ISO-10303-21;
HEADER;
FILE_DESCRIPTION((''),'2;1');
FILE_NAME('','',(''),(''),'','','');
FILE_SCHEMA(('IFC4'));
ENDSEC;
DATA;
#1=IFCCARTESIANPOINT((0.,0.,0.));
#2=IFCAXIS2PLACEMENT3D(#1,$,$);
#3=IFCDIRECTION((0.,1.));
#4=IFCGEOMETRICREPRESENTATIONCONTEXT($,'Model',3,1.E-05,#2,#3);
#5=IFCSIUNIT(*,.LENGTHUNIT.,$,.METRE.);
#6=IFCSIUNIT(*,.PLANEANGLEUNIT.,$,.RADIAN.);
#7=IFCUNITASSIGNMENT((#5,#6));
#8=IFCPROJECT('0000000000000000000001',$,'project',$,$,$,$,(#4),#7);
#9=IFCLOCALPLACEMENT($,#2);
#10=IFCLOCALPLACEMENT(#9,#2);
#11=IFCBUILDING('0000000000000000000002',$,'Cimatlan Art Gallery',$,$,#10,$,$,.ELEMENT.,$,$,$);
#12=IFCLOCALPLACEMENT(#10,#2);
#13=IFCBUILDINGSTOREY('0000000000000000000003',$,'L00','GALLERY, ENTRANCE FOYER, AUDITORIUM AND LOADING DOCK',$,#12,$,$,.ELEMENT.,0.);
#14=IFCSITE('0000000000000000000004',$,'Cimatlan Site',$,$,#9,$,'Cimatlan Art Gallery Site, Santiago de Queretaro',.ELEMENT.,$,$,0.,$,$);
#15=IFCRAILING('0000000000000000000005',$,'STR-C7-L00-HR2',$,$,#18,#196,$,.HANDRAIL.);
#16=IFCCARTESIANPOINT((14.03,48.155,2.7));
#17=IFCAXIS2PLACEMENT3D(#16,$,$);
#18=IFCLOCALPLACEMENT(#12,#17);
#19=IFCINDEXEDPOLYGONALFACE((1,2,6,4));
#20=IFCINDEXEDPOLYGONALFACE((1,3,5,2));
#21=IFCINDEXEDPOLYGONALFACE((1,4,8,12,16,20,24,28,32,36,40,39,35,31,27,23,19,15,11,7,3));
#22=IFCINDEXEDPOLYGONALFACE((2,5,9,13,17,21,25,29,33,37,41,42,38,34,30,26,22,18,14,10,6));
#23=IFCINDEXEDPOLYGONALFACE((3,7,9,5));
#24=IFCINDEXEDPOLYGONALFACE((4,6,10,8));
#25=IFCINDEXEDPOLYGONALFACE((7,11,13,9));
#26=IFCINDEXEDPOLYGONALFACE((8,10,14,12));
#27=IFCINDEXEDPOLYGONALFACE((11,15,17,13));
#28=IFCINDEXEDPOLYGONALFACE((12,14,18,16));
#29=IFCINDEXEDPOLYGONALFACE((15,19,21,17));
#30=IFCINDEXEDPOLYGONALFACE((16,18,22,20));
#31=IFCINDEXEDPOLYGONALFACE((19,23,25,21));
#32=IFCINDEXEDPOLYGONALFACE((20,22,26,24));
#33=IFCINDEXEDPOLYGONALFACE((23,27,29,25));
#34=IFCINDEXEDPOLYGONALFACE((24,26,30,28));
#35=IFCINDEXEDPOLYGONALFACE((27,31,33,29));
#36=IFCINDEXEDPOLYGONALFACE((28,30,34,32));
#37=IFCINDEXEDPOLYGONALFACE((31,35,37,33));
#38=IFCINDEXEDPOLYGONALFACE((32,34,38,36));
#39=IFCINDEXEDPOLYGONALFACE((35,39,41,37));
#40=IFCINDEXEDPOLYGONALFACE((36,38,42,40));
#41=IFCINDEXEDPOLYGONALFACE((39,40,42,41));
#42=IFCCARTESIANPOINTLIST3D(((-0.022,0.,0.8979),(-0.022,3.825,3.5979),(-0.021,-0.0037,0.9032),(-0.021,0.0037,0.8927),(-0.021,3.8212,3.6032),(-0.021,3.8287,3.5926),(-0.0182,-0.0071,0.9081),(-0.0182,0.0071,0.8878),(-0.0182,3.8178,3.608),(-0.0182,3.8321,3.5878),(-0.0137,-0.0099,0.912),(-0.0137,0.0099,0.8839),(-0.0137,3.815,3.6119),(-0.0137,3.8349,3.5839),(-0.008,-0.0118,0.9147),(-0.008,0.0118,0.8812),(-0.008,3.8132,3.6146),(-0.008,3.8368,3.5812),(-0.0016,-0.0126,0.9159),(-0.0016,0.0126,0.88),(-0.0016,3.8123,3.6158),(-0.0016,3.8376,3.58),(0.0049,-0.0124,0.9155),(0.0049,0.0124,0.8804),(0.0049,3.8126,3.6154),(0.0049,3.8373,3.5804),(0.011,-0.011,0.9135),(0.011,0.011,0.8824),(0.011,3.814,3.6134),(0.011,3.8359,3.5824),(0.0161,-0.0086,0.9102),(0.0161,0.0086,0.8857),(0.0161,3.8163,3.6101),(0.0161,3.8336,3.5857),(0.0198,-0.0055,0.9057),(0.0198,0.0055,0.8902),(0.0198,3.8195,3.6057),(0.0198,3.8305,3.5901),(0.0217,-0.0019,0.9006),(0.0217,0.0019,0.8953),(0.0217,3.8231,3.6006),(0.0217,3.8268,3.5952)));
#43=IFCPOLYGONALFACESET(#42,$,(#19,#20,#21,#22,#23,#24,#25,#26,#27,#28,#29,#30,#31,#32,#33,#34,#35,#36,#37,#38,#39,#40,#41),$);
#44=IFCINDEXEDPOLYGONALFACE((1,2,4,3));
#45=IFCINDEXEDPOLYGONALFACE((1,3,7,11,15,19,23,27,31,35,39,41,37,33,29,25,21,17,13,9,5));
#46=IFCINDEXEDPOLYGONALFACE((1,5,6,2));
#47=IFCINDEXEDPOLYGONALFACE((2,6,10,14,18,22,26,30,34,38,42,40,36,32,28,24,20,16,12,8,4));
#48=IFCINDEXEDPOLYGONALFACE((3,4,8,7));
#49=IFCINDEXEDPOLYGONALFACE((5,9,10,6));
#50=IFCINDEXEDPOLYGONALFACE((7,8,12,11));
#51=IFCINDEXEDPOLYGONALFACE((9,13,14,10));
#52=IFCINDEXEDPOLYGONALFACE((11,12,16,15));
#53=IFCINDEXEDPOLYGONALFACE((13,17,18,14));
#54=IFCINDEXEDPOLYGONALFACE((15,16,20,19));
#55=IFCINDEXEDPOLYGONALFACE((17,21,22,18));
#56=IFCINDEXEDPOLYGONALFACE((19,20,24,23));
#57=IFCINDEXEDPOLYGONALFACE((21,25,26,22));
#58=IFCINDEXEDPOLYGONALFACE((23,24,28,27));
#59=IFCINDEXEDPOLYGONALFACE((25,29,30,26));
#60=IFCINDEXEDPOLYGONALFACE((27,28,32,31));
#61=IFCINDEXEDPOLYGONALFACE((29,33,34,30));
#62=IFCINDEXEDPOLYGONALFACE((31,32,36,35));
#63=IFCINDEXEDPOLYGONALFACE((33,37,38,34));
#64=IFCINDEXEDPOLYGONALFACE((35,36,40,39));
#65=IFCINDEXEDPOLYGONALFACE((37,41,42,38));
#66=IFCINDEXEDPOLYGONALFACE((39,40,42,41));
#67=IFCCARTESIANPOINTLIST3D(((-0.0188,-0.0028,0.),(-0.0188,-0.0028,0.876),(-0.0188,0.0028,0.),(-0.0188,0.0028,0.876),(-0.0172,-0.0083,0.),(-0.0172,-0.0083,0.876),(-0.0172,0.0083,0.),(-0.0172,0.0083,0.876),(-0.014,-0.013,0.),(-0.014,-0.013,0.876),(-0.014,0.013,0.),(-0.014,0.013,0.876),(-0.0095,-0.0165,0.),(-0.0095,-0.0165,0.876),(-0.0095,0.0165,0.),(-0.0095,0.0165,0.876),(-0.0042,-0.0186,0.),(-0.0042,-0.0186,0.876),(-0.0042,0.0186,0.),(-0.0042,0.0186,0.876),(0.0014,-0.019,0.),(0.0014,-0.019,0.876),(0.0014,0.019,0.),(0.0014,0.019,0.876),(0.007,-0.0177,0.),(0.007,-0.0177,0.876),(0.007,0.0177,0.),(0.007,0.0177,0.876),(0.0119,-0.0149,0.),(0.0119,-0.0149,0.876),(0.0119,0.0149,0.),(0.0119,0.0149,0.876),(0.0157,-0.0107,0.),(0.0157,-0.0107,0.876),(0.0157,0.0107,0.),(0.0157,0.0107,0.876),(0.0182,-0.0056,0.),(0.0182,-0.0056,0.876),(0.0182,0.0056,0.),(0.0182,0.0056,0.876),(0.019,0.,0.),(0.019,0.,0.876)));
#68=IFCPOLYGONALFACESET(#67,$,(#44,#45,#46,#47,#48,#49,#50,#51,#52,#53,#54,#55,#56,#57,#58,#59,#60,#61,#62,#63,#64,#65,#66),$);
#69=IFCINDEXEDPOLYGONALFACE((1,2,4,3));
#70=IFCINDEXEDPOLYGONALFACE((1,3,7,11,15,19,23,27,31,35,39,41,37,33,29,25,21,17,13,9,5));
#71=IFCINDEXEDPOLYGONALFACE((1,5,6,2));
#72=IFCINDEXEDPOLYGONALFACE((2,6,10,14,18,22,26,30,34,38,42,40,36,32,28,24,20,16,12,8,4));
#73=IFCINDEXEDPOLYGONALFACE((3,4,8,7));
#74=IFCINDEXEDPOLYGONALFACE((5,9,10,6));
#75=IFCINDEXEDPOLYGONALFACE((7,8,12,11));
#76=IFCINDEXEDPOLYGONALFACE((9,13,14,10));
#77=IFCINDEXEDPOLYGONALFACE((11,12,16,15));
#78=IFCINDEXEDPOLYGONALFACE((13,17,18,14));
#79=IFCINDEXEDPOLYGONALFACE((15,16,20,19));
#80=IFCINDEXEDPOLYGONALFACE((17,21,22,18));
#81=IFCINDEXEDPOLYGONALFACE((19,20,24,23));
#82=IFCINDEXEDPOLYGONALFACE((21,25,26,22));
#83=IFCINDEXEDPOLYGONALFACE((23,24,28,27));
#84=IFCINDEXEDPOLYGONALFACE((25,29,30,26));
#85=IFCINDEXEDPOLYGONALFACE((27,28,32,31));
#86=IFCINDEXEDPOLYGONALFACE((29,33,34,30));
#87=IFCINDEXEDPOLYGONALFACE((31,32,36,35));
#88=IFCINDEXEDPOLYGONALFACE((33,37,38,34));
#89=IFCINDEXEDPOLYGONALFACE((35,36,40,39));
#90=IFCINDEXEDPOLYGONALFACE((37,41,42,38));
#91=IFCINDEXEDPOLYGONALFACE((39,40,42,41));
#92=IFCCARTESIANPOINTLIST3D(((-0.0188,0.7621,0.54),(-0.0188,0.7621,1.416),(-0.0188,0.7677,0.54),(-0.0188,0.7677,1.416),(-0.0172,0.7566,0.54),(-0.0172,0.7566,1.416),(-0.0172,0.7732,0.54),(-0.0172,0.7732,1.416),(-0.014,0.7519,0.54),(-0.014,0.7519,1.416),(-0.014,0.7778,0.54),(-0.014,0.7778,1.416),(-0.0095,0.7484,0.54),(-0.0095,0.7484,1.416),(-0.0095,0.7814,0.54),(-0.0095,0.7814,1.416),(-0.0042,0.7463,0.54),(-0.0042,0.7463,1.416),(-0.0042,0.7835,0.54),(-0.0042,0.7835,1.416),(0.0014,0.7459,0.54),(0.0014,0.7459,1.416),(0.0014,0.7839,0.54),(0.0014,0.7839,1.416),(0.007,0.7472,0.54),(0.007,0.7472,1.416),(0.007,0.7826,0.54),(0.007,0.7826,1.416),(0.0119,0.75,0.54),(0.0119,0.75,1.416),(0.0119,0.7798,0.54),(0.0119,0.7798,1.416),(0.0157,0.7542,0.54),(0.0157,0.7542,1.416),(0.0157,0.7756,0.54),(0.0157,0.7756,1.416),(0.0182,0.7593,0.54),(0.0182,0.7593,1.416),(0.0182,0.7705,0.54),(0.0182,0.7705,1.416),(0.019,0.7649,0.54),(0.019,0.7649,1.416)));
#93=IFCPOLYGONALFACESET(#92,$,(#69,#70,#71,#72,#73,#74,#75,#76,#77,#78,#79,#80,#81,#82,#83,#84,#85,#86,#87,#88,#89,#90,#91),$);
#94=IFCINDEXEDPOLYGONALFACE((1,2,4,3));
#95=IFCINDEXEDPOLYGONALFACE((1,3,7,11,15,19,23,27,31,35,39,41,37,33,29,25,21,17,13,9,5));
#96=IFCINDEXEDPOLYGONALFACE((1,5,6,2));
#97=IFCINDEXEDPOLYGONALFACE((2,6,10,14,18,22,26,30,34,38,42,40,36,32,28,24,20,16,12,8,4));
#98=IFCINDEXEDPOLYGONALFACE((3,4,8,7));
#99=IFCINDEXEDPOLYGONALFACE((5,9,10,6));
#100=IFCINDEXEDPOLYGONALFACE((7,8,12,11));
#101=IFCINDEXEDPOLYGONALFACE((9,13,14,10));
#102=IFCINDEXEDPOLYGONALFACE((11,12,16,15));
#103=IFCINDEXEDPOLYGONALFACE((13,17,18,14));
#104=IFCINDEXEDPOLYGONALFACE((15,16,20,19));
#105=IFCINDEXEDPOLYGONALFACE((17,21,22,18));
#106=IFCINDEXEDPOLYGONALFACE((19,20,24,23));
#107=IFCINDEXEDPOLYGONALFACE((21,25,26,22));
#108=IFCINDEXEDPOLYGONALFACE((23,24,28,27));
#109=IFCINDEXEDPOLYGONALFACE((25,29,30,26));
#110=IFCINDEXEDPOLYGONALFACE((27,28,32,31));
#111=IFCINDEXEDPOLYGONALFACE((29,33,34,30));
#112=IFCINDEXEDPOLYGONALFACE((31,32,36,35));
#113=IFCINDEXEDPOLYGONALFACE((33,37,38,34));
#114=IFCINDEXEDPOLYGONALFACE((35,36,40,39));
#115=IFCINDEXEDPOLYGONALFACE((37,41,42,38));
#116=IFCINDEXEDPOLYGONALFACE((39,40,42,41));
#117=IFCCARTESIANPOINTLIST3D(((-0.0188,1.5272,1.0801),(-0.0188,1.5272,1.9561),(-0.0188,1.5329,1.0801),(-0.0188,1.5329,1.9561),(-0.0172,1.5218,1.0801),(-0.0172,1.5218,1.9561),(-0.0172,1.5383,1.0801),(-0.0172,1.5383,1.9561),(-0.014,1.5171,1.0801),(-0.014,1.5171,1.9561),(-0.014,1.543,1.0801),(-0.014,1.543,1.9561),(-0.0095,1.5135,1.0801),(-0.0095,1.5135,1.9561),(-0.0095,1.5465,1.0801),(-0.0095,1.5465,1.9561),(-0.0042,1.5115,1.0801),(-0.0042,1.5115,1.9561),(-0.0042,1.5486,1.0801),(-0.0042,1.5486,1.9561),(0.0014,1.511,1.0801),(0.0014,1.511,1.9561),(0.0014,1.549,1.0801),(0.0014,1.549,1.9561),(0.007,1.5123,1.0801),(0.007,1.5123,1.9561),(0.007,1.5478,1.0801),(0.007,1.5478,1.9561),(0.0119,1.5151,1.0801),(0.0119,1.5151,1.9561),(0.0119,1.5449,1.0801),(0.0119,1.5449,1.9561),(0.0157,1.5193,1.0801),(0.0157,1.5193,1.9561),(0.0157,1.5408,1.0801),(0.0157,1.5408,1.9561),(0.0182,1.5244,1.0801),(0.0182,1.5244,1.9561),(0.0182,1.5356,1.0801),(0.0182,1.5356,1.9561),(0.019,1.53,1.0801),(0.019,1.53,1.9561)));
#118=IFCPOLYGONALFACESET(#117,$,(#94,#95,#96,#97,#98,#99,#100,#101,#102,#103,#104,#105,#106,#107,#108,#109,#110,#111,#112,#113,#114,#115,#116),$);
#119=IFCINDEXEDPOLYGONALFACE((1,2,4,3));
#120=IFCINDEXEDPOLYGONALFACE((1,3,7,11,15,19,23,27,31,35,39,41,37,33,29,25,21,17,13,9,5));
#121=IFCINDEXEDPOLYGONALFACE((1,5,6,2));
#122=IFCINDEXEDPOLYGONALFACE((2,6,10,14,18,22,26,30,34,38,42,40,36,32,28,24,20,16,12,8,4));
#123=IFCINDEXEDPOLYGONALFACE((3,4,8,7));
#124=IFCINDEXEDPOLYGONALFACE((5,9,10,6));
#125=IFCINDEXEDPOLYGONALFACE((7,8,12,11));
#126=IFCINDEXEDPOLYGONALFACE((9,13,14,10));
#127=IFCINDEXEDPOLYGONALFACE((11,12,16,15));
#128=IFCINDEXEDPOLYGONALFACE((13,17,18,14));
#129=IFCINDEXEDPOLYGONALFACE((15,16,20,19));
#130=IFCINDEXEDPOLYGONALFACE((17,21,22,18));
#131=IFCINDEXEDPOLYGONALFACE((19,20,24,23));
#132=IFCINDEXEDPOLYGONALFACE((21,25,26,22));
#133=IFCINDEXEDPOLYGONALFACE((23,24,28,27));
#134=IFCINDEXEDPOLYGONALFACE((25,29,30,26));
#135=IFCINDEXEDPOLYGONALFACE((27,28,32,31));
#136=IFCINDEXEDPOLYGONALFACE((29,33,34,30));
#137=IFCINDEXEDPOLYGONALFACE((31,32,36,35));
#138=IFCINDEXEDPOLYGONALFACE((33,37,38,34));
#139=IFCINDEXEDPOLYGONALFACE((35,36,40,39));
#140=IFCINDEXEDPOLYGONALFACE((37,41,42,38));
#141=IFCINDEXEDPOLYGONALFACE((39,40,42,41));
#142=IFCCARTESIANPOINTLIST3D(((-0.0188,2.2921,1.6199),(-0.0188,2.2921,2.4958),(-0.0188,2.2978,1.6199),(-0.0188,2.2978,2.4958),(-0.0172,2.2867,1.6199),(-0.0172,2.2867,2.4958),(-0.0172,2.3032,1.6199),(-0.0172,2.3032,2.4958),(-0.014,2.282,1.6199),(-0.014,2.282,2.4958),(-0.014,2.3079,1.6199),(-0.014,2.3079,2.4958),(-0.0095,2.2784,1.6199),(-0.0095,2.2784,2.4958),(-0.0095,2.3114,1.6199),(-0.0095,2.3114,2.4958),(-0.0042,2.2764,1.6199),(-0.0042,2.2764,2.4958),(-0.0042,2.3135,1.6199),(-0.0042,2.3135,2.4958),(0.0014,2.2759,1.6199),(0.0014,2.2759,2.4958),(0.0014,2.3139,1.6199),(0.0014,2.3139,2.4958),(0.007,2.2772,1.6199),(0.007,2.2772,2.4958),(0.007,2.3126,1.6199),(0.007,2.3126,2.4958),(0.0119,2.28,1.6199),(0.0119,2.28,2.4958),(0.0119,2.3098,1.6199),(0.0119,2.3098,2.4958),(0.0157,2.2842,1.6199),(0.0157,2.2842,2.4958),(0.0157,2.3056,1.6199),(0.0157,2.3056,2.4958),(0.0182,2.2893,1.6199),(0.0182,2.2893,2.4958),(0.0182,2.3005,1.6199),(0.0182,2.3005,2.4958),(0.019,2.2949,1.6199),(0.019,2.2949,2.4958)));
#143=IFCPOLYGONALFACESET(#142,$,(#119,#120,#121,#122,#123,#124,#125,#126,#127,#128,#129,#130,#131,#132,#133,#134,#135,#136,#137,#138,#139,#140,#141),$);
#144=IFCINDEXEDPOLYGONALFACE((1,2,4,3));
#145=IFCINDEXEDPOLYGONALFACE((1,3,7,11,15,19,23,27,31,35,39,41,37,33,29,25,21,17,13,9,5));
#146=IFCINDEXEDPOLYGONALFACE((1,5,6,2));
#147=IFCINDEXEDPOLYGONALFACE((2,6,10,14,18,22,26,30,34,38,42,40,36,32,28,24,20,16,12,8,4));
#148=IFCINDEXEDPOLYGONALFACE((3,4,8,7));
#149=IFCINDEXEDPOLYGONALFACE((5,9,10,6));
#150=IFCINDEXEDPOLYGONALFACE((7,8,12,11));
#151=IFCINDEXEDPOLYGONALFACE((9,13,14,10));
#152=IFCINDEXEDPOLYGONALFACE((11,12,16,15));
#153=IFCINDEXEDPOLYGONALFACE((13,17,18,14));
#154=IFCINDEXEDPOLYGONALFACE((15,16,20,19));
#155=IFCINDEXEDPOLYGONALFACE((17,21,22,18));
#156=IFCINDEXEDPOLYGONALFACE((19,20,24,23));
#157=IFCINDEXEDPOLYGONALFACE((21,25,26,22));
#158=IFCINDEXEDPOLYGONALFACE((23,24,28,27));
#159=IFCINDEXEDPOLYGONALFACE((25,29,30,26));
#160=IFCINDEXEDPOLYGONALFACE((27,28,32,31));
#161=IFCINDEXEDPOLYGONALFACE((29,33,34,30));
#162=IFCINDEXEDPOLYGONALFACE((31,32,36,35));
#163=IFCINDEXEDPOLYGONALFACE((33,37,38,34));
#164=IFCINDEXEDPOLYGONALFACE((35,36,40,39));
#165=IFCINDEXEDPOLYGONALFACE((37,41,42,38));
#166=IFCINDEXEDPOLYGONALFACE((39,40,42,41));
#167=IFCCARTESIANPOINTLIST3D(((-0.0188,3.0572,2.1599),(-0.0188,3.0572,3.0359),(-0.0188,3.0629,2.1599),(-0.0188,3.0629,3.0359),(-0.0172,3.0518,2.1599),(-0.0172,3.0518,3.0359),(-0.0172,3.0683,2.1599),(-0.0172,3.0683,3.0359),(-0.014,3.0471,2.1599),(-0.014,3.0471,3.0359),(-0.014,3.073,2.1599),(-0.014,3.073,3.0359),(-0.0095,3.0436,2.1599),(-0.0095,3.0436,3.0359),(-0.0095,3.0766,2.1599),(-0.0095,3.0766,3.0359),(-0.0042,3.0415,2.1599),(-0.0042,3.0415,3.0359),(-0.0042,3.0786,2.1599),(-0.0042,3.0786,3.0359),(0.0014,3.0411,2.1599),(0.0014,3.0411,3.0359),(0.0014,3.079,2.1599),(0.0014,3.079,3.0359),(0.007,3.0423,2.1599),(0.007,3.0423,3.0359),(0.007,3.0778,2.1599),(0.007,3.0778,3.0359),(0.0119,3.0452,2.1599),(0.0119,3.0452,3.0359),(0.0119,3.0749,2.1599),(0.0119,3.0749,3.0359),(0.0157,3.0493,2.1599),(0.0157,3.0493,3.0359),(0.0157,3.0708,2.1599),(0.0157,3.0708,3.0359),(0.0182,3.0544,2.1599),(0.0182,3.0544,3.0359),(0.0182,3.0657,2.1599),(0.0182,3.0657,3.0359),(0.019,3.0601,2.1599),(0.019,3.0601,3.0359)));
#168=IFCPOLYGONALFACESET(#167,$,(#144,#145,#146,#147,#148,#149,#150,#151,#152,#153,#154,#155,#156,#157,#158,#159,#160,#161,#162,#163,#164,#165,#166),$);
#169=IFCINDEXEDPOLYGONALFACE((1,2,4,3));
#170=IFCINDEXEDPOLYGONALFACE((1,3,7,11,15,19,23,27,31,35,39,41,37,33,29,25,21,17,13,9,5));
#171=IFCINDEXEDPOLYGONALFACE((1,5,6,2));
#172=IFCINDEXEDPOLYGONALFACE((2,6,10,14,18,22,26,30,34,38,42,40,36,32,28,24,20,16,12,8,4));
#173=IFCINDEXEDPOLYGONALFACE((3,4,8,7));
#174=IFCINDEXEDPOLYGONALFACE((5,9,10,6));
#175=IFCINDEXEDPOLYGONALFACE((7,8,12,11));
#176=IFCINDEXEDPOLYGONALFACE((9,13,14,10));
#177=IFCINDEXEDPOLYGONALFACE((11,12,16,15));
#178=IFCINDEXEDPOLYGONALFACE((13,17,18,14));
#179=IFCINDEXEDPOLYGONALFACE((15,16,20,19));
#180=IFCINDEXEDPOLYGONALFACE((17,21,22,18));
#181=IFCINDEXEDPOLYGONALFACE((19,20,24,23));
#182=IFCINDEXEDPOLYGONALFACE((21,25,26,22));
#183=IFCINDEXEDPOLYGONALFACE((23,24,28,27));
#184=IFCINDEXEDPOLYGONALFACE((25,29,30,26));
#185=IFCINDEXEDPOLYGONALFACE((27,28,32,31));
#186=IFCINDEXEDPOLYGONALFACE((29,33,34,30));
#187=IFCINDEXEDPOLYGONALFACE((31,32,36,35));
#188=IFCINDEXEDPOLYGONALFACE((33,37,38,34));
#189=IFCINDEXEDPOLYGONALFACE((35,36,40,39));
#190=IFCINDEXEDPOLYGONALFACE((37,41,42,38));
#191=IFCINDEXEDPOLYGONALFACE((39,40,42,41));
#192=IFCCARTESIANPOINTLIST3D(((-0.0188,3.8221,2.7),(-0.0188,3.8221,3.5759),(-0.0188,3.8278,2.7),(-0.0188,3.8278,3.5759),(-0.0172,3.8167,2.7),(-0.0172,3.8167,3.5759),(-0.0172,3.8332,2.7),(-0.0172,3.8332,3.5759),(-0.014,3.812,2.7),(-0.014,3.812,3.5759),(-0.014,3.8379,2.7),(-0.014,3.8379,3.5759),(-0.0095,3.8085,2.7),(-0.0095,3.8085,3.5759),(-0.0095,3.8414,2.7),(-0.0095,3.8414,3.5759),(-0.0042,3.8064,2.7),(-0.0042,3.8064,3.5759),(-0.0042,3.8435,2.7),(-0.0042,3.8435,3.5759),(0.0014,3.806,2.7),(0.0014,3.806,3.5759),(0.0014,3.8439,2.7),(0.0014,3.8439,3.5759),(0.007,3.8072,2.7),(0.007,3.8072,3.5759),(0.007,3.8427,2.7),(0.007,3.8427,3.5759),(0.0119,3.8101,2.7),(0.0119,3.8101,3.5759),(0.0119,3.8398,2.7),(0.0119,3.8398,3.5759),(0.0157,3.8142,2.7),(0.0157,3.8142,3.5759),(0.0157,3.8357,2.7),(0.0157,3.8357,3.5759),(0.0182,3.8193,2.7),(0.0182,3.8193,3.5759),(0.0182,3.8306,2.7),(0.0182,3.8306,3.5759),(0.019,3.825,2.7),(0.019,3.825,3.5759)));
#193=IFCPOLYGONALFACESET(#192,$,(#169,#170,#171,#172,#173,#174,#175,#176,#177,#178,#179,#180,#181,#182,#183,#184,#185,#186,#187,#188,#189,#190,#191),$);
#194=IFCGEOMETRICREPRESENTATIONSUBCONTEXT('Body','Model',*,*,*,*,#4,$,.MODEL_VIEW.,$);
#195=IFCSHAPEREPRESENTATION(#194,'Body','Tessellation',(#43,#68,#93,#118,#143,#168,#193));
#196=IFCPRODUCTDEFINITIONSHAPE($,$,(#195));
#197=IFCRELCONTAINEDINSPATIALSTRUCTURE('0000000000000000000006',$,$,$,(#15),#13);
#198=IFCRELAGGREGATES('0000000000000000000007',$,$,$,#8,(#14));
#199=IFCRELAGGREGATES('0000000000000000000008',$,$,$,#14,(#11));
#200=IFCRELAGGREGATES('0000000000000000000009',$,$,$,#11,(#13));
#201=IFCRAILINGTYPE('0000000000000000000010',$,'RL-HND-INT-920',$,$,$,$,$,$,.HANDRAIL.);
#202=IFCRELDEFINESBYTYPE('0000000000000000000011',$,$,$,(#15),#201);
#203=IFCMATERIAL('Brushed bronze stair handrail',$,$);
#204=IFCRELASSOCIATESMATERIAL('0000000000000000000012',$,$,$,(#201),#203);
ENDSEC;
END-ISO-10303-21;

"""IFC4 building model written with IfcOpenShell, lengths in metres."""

from ifc_helpers import new_model, si_unit, direction, frame, origin, origin_2d, place, context, subcontext, project, spatial, circle, extrude, material, type_object, element, save


model = new_model("IFC4")

# Units and contexts
model_context = context("Model", 3, precision=1e-05, world=origin(), true_north=direction((0.0, 1.0)))
body_context = subcontext(model_context, "Body", "Model", "MODEL_VIEW")
ifc_project = project(units=[si_unit("LENGTHUNIT", "METRE"), si_unit("PLANEANGLEUNIT", "RADIAN")], contexts=[model_context])

# Site, building, storey
site_placement = place(None, origin())
site = spatial("IfcSite", under=ifc_project, at=site_placement, Name="Cimatlan Site", LongName="Cimatlan Art Gallery Site, Santiago de Queretaro", CompositionType="ELEMENT", RefElevation=0.0)
building_placement = place(site_placement, origin())
building = spatial("IfcBuilding", under=site, at=building_placement, Name="Cimatlan Art Gallery", CompositionType="ELEMENT")
storey_placement = place(building_placement, origin())
storey = spatial("IfcBuildingStorey", under=building, at=storey_placement, Name="L00", Description="GALLERY, ENTRANCE FOYER, AUDITORIUM AND LOADING DOCK", CompositionType="ELEMENT", Elevation=0.0)

# Railing
ifc_material_1 = material(Name="Brushed bronze stair handrail")
railing_type_1 = type_object("IfcRailingType", Name="RL-HND-INT-920", PredefinedType="HANDRAIL", material=ifc_material_1)
railing_1_placement = place(storey_placement, frame((14.03, 48.155, 2.7)))
element("IfcRailing", 1, at=railing_1_placement, inside=storey, type_object=railing_type_1, Name="STR-C7-L00-HR2", PredefinedType="HANDRAIL", context=body_context, shape_type="SweptSolid", body=[
    extrude(circle(Radius=0.022, at=origin_2d()), frame((0.0, 0.0, 0.8979), z_axis=(0.0, 0.816969, 0.576681), x_axis=(-1.0, 0.0, 0.0)), (0.0, 0.0, 1.0), 4.6819),
    extrude(circle(Radius=0.019, at=origin_2d()), origin(), (0.0, 0.0, 1.0), 0.876),
    extrude(circle(Radius=0.019, at=origin_2d()), frame((0.0, 0.7649, 0.54)), (0.0, 0.0, 1.0), 0.876),
    extrude(circle(Radius=0.019, at=origin_2d()), frame((0.0, 1.53, 1.0801)), (0.0, 0.0, 1.0), 0.876),
    extrude(circle(Radius=0.019, at=origin_2d()), frame((0.0, 2.2949, 1.6199)), (0.0, 0.0, 1.0), 0.876),
    extrude(circle(Radius=0.019, at=origin_2d()), frame((0.0, 3.0601, 2.1599)), (0.0, 0.0, 1.0), 0.876),
    extrude(circle(Radius=0.019, at=origin_2d()), frame((0.0, 3.825, 2.7)), (0.0, 0.0, 1.0), 0.876),
])

save(model, "model.ifc")
